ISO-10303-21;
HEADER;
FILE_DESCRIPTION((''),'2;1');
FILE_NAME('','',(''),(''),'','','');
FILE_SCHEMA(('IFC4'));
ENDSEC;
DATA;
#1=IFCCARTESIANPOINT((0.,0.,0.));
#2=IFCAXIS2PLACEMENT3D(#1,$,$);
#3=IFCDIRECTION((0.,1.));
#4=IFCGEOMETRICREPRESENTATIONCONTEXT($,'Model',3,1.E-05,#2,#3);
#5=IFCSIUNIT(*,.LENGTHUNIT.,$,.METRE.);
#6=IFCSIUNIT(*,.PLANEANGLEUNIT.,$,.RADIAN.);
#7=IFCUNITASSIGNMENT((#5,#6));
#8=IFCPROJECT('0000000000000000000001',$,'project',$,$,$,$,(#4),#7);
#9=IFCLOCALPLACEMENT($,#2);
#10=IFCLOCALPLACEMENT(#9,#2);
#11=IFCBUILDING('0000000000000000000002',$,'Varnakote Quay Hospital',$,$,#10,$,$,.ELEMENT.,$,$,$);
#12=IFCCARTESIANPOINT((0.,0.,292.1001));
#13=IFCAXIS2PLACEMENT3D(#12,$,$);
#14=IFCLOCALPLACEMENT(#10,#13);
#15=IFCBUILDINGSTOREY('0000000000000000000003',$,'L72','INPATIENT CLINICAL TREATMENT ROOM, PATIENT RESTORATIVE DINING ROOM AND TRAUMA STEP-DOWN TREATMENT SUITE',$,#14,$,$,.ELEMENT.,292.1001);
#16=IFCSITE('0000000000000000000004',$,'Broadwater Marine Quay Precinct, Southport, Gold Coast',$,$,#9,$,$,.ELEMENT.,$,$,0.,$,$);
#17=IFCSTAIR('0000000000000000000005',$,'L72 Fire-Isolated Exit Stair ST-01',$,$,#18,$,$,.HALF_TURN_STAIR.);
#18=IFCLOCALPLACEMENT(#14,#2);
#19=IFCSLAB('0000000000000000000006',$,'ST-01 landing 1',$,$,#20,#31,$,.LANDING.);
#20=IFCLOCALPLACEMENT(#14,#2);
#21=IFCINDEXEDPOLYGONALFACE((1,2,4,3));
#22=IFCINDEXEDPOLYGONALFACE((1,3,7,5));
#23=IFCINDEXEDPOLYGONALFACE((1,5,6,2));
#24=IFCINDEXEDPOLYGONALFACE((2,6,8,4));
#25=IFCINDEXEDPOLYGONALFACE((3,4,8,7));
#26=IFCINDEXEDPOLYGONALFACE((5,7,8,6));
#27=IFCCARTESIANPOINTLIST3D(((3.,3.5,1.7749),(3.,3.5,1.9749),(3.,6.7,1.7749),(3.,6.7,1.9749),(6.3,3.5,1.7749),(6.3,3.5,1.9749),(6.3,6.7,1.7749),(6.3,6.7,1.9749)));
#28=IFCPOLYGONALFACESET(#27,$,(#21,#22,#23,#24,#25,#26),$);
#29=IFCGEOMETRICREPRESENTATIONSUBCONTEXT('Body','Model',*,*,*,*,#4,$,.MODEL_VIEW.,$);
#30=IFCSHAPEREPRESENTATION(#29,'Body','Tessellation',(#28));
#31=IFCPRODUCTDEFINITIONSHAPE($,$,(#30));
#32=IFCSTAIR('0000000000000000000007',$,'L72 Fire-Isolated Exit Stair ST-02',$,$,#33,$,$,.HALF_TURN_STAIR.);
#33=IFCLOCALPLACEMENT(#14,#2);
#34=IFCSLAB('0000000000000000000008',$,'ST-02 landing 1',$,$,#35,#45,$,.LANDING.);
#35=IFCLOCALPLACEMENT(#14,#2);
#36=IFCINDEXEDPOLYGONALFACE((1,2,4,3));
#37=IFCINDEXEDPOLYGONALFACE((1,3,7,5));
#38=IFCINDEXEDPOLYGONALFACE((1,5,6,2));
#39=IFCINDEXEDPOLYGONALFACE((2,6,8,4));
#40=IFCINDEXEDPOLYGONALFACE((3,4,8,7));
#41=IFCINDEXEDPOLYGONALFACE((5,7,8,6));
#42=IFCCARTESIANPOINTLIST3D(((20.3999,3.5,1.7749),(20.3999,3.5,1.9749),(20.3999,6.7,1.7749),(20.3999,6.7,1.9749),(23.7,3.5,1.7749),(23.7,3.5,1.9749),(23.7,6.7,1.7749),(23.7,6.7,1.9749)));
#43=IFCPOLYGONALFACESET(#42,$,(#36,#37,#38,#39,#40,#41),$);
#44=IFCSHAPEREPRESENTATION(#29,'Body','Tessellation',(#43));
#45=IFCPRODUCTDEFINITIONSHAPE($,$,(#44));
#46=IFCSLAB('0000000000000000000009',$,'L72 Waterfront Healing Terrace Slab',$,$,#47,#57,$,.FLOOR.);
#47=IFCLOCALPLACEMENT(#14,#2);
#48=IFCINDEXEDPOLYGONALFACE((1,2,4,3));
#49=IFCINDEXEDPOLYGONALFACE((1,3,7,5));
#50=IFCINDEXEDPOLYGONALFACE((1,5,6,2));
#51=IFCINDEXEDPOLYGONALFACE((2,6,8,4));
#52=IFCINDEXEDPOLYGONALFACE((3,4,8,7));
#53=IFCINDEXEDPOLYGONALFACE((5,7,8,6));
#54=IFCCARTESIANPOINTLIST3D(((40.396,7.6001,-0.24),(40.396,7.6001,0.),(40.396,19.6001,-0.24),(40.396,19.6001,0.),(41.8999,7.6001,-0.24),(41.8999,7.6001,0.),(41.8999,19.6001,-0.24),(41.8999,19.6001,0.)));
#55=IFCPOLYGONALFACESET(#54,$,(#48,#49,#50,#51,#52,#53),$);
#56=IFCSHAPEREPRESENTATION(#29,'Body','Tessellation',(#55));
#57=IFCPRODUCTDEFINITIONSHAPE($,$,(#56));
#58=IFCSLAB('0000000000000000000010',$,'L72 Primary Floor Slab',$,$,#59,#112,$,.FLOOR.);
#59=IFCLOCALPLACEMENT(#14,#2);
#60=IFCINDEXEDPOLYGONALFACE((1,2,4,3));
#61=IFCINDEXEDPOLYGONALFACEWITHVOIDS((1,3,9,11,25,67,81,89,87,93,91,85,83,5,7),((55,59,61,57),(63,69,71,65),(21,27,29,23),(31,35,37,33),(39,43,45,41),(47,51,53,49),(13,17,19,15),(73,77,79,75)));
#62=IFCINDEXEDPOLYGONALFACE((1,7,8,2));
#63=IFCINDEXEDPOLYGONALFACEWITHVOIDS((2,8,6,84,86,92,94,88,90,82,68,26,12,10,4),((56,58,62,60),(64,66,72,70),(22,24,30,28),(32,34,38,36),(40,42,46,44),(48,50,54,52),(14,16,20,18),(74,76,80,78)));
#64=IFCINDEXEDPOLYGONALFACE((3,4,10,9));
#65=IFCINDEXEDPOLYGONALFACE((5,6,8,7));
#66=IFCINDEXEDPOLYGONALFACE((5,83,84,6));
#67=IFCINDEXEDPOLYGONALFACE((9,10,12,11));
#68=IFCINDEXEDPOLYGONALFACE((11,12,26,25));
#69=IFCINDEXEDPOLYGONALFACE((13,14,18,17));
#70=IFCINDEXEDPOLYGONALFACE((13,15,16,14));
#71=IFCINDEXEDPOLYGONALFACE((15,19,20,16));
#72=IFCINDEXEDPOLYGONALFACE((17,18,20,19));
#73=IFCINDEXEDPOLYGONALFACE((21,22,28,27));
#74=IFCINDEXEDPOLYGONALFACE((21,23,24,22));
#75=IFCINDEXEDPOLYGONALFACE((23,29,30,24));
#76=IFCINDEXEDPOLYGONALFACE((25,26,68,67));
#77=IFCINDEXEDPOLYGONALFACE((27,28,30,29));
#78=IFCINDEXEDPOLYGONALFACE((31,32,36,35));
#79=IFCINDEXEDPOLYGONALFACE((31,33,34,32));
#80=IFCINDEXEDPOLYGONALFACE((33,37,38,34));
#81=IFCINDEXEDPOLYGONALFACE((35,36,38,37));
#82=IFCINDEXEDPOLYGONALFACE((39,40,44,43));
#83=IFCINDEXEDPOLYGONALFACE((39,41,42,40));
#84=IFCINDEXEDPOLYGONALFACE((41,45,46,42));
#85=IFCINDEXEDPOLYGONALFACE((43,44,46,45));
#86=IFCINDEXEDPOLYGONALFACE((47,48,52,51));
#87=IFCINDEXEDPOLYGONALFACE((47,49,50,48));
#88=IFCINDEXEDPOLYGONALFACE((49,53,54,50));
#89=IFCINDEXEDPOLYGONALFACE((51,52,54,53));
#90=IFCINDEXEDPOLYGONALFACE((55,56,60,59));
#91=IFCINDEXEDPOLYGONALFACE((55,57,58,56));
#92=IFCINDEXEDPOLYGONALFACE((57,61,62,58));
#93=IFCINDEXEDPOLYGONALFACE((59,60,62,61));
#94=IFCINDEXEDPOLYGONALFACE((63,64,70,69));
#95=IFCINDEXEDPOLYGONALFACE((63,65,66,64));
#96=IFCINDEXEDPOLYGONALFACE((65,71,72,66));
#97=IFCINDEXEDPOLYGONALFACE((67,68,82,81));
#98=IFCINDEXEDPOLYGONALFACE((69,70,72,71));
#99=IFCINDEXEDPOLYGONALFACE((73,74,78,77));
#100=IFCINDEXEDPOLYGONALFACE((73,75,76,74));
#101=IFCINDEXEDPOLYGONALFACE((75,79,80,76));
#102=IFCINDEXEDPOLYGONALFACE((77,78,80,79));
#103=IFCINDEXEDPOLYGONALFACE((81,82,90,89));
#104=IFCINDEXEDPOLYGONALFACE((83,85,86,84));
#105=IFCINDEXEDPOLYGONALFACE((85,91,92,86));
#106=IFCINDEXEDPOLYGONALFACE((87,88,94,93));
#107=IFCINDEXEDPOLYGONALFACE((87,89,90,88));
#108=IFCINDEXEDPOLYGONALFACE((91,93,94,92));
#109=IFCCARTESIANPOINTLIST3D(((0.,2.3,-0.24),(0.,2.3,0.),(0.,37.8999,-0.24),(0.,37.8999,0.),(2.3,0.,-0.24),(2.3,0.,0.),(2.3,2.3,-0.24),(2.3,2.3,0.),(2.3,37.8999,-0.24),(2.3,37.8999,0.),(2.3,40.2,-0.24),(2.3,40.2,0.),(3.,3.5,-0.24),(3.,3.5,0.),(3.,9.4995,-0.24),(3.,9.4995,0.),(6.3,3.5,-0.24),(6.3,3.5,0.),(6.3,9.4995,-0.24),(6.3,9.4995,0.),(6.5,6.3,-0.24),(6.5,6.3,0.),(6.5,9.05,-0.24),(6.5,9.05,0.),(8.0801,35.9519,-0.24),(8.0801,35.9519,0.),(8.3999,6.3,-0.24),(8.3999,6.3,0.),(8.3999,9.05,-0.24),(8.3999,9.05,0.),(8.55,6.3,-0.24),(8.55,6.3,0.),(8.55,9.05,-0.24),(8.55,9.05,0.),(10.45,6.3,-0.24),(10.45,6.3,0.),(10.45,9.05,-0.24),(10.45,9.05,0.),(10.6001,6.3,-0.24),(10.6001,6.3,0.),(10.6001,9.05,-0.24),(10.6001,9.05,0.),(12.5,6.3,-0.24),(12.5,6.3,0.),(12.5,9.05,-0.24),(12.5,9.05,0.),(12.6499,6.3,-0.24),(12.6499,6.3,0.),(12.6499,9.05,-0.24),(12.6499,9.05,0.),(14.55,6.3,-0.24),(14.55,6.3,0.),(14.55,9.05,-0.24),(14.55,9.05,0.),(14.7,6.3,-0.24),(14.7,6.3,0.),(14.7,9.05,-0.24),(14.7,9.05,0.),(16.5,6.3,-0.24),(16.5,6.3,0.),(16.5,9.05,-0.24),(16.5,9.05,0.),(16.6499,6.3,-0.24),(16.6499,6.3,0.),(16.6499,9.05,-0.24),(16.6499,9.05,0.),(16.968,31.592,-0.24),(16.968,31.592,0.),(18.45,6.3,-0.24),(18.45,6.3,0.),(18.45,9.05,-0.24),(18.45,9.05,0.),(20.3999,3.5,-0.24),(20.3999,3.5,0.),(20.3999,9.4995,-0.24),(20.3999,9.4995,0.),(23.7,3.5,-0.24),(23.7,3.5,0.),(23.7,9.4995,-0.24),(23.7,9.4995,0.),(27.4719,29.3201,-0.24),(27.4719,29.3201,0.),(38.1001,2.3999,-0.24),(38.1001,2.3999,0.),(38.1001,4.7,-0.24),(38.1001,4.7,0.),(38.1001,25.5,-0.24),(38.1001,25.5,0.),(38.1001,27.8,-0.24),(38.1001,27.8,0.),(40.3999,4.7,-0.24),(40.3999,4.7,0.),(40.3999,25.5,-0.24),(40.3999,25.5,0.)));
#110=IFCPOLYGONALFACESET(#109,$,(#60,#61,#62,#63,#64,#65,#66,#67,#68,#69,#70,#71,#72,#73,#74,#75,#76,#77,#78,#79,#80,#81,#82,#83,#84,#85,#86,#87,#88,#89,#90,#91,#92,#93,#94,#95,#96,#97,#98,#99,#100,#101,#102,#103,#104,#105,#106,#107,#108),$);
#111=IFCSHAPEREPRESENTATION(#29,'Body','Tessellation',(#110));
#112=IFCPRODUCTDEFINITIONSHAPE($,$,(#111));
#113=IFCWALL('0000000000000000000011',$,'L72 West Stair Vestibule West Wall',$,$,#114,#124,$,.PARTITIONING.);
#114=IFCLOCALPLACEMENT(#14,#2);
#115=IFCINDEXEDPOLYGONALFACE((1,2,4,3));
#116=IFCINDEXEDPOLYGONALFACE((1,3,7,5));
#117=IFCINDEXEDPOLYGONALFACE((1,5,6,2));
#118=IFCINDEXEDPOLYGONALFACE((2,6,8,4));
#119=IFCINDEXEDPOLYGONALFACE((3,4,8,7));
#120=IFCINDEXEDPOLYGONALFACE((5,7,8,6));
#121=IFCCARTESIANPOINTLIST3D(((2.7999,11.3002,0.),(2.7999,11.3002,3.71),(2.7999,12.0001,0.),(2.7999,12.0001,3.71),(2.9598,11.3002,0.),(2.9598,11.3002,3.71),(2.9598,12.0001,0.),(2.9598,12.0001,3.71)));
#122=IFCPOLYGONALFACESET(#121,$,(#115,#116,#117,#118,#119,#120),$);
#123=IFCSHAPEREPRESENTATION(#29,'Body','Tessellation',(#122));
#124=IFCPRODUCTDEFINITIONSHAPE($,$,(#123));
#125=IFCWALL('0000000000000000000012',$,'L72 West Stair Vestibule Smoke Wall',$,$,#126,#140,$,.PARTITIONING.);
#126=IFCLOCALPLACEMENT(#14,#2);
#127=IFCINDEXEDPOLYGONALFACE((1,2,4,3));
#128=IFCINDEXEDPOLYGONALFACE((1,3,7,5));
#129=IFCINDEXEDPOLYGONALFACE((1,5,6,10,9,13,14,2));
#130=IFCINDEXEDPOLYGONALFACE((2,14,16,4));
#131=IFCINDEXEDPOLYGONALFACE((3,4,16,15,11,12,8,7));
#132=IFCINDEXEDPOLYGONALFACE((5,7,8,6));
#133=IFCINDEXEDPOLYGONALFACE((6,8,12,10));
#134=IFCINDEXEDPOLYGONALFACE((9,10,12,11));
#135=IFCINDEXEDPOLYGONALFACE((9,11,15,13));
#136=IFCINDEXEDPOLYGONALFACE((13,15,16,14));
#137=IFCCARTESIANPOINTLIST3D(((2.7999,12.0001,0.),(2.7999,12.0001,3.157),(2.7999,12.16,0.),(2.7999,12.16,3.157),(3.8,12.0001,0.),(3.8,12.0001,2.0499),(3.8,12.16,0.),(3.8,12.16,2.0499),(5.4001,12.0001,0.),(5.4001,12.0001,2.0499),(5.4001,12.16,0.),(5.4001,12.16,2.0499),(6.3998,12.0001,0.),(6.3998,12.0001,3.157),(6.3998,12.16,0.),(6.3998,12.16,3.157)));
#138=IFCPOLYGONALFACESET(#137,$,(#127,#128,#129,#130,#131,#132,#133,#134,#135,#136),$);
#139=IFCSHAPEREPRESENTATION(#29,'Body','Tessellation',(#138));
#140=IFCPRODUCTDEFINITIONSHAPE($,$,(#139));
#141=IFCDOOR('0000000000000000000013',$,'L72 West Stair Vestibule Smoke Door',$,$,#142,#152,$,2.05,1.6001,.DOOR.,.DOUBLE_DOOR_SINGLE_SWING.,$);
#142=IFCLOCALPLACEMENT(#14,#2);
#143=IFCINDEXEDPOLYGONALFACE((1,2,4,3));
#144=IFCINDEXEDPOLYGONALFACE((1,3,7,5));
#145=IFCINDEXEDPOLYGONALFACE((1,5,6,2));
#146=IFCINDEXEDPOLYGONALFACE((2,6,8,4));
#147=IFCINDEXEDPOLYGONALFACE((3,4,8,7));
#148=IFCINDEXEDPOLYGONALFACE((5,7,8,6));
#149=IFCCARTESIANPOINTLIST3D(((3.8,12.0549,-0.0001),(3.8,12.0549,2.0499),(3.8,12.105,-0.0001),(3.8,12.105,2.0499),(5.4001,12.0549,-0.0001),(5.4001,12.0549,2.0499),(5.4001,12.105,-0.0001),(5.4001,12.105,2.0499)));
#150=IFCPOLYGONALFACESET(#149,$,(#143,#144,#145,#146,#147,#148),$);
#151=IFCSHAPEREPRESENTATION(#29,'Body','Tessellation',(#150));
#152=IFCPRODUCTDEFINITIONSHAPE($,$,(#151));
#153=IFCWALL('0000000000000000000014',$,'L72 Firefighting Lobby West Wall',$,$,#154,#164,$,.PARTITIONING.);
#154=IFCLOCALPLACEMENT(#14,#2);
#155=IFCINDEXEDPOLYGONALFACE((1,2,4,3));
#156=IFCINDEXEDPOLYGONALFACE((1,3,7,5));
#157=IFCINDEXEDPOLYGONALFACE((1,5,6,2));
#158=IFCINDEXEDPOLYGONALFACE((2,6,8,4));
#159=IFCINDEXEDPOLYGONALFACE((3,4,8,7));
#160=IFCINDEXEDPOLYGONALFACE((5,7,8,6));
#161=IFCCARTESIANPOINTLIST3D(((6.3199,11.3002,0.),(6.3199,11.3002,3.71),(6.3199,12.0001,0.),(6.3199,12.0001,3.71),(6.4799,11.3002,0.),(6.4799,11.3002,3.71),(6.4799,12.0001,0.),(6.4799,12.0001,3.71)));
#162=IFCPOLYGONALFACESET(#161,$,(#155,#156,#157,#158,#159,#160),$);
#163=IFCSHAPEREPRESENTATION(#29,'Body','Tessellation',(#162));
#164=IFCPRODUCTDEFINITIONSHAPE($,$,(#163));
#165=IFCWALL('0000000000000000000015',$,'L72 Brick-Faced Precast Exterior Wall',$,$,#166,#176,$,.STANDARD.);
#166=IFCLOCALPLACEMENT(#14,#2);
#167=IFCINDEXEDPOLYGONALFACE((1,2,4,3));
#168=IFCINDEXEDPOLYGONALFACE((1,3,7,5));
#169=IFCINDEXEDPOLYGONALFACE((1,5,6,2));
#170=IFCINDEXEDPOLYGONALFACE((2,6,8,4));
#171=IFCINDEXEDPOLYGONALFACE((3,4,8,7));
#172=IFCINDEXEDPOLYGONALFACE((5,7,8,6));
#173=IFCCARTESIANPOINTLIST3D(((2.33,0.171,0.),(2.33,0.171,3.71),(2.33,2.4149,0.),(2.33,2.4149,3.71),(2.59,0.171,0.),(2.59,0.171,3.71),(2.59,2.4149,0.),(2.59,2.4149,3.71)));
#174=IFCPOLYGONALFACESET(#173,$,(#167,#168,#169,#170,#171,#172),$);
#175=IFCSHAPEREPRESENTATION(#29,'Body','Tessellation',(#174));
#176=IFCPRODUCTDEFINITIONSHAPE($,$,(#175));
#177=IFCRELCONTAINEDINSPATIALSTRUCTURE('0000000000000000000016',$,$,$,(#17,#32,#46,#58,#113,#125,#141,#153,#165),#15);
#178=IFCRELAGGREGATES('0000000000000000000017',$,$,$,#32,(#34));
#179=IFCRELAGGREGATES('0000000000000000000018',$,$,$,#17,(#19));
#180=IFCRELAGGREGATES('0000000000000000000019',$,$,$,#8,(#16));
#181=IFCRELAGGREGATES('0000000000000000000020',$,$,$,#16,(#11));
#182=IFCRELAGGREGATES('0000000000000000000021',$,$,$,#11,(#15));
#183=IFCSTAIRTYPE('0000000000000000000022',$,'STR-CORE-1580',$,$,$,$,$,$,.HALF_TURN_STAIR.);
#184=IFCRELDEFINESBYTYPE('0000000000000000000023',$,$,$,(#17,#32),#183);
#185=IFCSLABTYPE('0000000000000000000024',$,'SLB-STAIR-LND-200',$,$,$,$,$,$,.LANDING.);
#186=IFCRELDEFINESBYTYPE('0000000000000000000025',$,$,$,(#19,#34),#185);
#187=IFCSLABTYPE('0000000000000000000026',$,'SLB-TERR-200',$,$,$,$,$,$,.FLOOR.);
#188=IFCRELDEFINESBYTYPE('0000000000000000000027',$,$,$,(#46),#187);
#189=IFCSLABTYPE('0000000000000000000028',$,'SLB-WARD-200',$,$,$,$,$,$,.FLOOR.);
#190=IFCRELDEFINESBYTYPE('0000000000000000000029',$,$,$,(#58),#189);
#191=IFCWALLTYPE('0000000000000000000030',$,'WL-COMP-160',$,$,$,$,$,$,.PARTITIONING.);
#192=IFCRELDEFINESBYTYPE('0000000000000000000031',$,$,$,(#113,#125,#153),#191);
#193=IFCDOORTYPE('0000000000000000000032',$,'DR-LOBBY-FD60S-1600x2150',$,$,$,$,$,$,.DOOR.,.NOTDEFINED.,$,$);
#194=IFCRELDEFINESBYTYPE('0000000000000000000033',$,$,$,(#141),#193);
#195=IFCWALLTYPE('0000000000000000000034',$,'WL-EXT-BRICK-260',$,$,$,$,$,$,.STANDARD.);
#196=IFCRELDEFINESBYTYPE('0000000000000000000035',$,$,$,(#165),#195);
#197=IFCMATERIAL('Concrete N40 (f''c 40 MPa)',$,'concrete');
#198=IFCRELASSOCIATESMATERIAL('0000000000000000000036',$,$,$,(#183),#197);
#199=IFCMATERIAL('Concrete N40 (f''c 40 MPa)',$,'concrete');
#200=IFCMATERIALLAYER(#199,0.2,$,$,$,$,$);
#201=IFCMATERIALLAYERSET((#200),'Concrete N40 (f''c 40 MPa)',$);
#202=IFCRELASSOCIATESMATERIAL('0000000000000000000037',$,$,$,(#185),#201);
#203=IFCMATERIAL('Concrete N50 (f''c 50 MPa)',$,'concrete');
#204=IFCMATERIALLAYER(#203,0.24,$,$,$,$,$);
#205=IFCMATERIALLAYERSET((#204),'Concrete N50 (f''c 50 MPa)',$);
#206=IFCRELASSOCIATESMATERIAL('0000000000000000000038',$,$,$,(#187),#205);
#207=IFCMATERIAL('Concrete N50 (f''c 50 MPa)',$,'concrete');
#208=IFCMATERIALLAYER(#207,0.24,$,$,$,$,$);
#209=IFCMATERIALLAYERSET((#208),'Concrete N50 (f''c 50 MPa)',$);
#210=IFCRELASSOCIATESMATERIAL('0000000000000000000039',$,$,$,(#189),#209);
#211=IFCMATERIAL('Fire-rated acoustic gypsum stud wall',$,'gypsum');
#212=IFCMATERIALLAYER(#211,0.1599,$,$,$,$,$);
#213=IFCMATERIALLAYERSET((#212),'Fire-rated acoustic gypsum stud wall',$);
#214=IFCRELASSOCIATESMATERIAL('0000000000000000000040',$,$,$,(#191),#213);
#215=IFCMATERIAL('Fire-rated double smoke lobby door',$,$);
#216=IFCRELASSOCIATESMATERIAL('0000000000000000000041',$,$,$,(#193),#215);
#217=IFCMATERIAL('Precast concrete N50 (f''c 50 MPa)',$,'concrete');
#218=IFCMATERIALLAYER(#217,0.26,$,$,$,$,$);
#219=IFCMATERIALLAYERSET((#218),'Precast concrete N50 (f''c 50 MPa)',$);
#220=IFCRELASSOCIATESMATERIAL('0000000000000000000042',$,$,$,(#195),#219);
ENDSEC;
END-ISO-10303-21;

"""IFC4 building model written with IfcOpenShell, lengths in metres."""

from ifc_helpers import new_model, si_unit, direction, frame, frame_2d, origin, place, context, subcontext, project, spatial, polyline, rectangle, outline, extrude, material, layer, layer_set, type_object, element, fill, aggregate, save


model = new_model("IFC4")

# Units and contexts
model_context = context("Model", 3, precision=1e-05, world=origin(), true_north=direction((0.0, 1.0)))
body_context = subcontext(model_context, "Body", "Model", "MODEL_VIEW")
ifc_project = project(units=[si_unit("LENGTHUNIT", "METRE"), si_unit("PLANEANGLEUNIT", "RADIAN")], contexts=[model_context])

# Site, building, storey
site_placement = place(None, origin())
site = spatial("IfcSite", under=ifc_project, at=site_placement, Name="Broadwater Marine Quay Precinct, Southport, Gold Coast", CompositionType="ELEMENT", RefElevation=0.0)
building_placement = place(site_placement, origin())
building = spatial("IfcBuilding", under=site, at=building_placement, Name="Varnakote Quay Hospital", CompositionType="ELEMENT")
storey_placement = place(building_placement, frame((0.0, 0.0, 292.1001)))
storey = spatial("IfcBuildingStorey", under=building, at=storey_placement, Name="L72", Description="INPATIENT CLINICAL TREATMENT ROOM, PATIENT RESTORATIVE DINING ROOM AND TRAUMA STEP-DOWN TREATMENT SUITE", CompositionType="ELEMENT", Elevation=292.1001)

# Stairs, slabs
ifc_material_1 = material(Name="Concrete N40 (f'c 40 MPa)", Category="concrete")
stair_type = type_object("IfcStairType", Name="STR-CORE-1580", PredefinedType="HALF_TURN_STAIR", material=ifc_material_1)
stair_1_placement = place(storey_placement, origin())
stair_1 = element("IfcStair", 1, at=stair_1_placement, inside=storey, type_object=stair_type, Name="L72 Fire-Isolated Exit Stair ST-01", PredefinedType="HALF_TURN_STAIR")
ifc_material_2 = material(Name="Concrete N40 (f'c 40 MPa)", Category="concrete")
ifc_layer_1 = layer(ifc_material_2, 0.2)
ifc_layer_set_1 = layer_set([ifc_layer_1], Name="Concrete N40 (f'c 40 MPa)")
slab_type_1 = type_object("IfcSlabType", Name="SLB-STAIR-LND-200", PredefinedType="LANDING", material=ifc_layer_set_1)
slab_1_placement = place(storey_placement, frame((0.0, 0.0, 1.7749)))
slab_1 = element("IfcSlab", 2, at=slab_1_placement, type_object=slab_type_1, Name="ST-01 landing 1", PredefinedType="LANDING", context=body_context, shape_type="SweptSolid", body=[
    extrude(outline(polyline([(3.0, 6.7), (3.0, 3.5), (6.3, 3.5), (6.3, 6.7), (3.0, 6.7)])), origin(), (0.0, 0.0, 1.0), 0.2),
])
stair_2_placement = place(storey_placement, origin())
stair_2 = element("IfcStair", 3, at=stair_2_placement, inside=storey, type_object=stair_type, Name="L72 Fire-Isolated Exit Stair ST-02", PredefinedType="HALF_TURN_STAIR")
slab_2_placement = place(storey_placement, frame((0.0, 0.0, 1.7749)))
slab_2 = element("IfcSlab", 4, at=slab_2_placement, type_object=slab_type_1, Name="ST-02 landing 1", PredefinedType="LANDING", context=body_context, shape_type="SweptSolid", body=[
    extrude(outline(polyline([(20.3999, 6.7), (20.3999, 3.5), (23.7, 3.5), (23.7, 6.7), (20.3999, 6.7)])), origin(), (0.0, 0.0, 1.0), 0.2),
])
aggregate(stair_2, [slab_2])

# Slabs
ifc_material_3 = material(Name="Concrete N50 (f'c 50 MPa)", Category="concrete")
ifc_layer_2 = layer(ifc_material_3, 0.24)
ifc_layer_set_2 = layer_set([ifc_layer_2], Name="Concrete N50 (f'c 50 MPa)")
slab_type_2 = type_object("IfcSlabType", Name="SLB-TERR-200", PredefinedType="FLOOR", material=ifc_layer_set_2)
slab_3_placement = place(storey_placement, frame((0.0, 0.0, -0.24)))
element("IfcSlab", 5, at=slab_3_placement, inside=storey, type_object=slab_type_2, Name="L72 Waterfront Healing Terrace Slab", PredefinedType="FLOOR", context=body_context, shape_type="SweptSolid", body=[
    extrude(outline(polyline([(40.396, 7.6001), (41.8999, 7.6001), (41.8999, 19.6001), (40.396, 19.6001), (40.396, 7.6001)])), origin(), (0.0, 0.0, 1.0), 0.24),
])
ifc_material_4 = material(Name="Concrete N50 (f'c 50 MPa)", Category="concrete")
ifc_layer_3 = layer(ifc_material_4, 0.24)
ifc_layer_set_3 = layer_set([ifc_layer_3], Name="Concrete N50 (f'c 50 MPa)")
slab_type_3 = type_object("IfcSlabType", Name="SLB-WARD-200", PredefinedType="FLOOR", material=ifc_layer_set_3)
slab_4_placement = place(storey_placement, frame((0.0, 0.0, -0.24)))
element("IfcSlab", 6, at=slab_4_placement, inside=storey, type_object=slab_type_3, Name="L72 Primary Floor Slab", PredefinedType="FLOOR", context=body_context, shape_type="SweptSolid", body=[
    extrude(outline(polyline([(0.0, 2.3), (2.3, 2.3), (2.3, 0.0), (38.1001, 2.3999), (38.1001, 4.7), (40.3999, 4.7), (40.3999, 25.5), (38.1001, 25.5), (38.1001, 27.8), (27.4719, 29.3201), (16.968, 31.592), (8.0801, 35.9519), (2.3, 40.2), (2.3, 37.8999), (0.0, 37.8999), (0.0, 2.3)]), holes=[polyline([(3.0, 3.5), (6.3, 3.5), (6.3, 9.4995), (3.0, 9.4995), (3.0, 3.5)]), polyline([(20.3999, 3.5), (23.7, 3.5), (23.7, 9.4995), (20.3999, 9.4995), (20.3999, 3.5)]), polyline([(6.5, 6.3), (8.3999, 6.3), (8.3999, 9.05), (6.5, 9.05), (6.5, 6.3)]), polyline([(8.55, 6.3), (10.45, 6.3), (10.45, 9.05), (8.55, 9.05), (8.55, 6.3)]), polyline([(10.6001, 6.3), (12.5, 6.3), (12.5, 9.05), (10.6001, 9.05), (10.6001, 6.3)]), polyline([(12.6499, 6.3), (14.55, 6.3), (14.55, 9.05), (12.6499, 9.05), (12.6499, 6.3)]), polyline([(14.7, 6.3), (16.5, 6.3), (16.5, 9.05), (14.7, 9.05), (14.7, 6.3)]), polyline([(16.6499, 6.3), (18.45, 6.3), (18.45, 9.05), (16.6499, 9.05), (16.6499, 6.3)])]), origin(), (0.0, 0.0, 1.0), 0.24),
])

# Wall
ifc_material_5 = material(Name="Fire-rated acoustic gypsum stud wall", Category="gypsum")
ifc_layer_4 = layer(ifc_material_5, 0.1599)
ifc_layer_set_4 = layer_set([ifc_layer_4], Name="Fire-rated acoustic gypsum stud wall")
wall_type_1 = type_object("IfcWallType", Name="WL-COMP-160", PredefinedType="PARTITIONING", material=ifc_layer_set_4)
wall_1_placement = place(storey_placement, frame((2.8799, 11.3, 0.0), z_axis=(0.0, 0.0, 1.0), x_axis=(0.0, 1.0, 0.0)))
element("IfcWall", 7, at=wall_1_placement, inside=storey, type_object=wall_type_1, Name="L72 West Stair Vestibule West Wall", PredefinedType="PARTITIONING", context=body_context, shape_type="SweptSolid", body=[
    extrude(rectangle(XDim=0.7, YDim=0.1599, at=frame_2d((0.3501, 0.0))), origin(), (0.0, 0.0, 1.0), 3.71),
])

# Wall, opening, door
wall_2_placement = place(storey_placement, frame((2.8, 12.0801, 0.0), z_axis=(0.0, 0.0, 1.0), x_axis=(1.0, 0.0, 0.0)))
wall_2 = element("IfcWall", 8, at=wall_2_placement, inside=storey, type_object=wall_type_1, Name="L72 West Stair Vestibule Smoke Wall", PredefinedType="PARTITIONING", context=body_context, shape_type="SweptSolid", body=[
    extrude(rectangle(XDim=3.5999, YDim=0.1599, at=frame_2d((1.7998, 0.0))), origin(), (0.0, 0.0, 1.0), 3.157),
])
opening_1_placement = place(wall_2_placement, frame((1.0, 0.0, 0.0)))
opening_1 = element("IfcOpeningElement", 9, at=opening_1_placement, cuts=wall_2, PredefinedType="OPENING", context=body_context, shape_type="SweptSolid", body=[
    extrude(rectangle(XDim=1.6001, YDim=2.05, at=frame_2d((0.8, 1.0249))), frame((0.0, 0.0898, 0.0), z_axis=(0.0, -1.0, 0.0), x_axis=(1.0, 0.0, 0.0)), (0.0, 0.0, 1.0), 0.1799),
])
ifc_material_6 = material(Name="Fire-rated double smoke lobby door")
door_type_1 = type_object("IfcDoorType", Name="DR-LOBBY-FD60S-1600x2150", OperationType="NOTDEFINED", PredefinedType="DOOR", material=ifc_material_6)
door_1_placement = place(opening_1_placement, origin())
door_1 = element("IfcDoor", 10, at=door_1_placement, inside=storey, type_object=door_type_1, Name="L72 West Stair Vestibule Smoke Door", OperationType="DOUBLE_DOOR_SINGLE_SWING", OverallHeight=2.05, OverallWidth=1.6001, PredefinedType="DOOR", context=body_context, shape_type="SweptSolid", body=[
    extrude(rectangle(XDim=1.6001, YDim=2.05, at=frame_2d((0.8, 1.0249))), frame((0.0, 0.0249, 0.0), z_axis=(0.0, -1.0, 0.0), x_axis=(1.0, 0.0, 0.0)), (0.0, 0.0, 1.0), 0.05),
])
fill(opening_1, door_1)

# Walls
wall_3_placement = place(storey_placement, frame((6.3999, 11.3, 0.0), z_axis=(0.0, 0.0, 1.0), x_axis=(0.0, 1.0, 0.0)))
element("IfcWall", 11, at=wall_3_placement, inside=storey, type_object=wall_type_1, Name="L72 Firefighting Lobby West Wall", PredefinedType="PARTITIONING", context=body_context, shape_type="SweptSolid", body=[
    extrude(rectangle(XDim=0.7, YDim=0.1599, at=frame_2d((0.3501, 0.0))), origin(), (0.0, 0.0, 1.0), 3.71),
])
ifc_material_7 = material(Name="Precast concrete N50 (f'c 50 MPa)", Category="concrete")
ifc_layer_5 = layer(ifc_material_7, 0.26)
ifc_layer_set_5 = layer_set([ifc_layer_5], Name="Precast concrete N50 (f'c 50 MPa)")
wall_type_2 = type_object("IfcWallType", Name="WL-EXT-BRICK-260", PredefinedType="STANDARD", material=ifc_layer_set_5)
wall_4_placement = place(storey_placement, frame((2.46, 2.415, 0.0), z_axis=(0.0, 0.0, 1.0), x_axis=(0.0, -1.0, 0.0)))
element("IfcWall", 12, at=wall_4_placement, inside=storey, type_object=wall_type_2, Name="L72 Brick-Faced Precast Exterior Wall", PredefinedType="STANDARD", context=body_context, shape_type="SweptSolid", body=[
    extrude(rectangle(XDim=2.2439, YDim=0.26, at=frame_2d((1.1221, 0.0))), origin(), (0.0, 0.0, 1.0), 3.71),
])

aggregate(stair_1, [slab_1])

save(model, "model.ifc")
